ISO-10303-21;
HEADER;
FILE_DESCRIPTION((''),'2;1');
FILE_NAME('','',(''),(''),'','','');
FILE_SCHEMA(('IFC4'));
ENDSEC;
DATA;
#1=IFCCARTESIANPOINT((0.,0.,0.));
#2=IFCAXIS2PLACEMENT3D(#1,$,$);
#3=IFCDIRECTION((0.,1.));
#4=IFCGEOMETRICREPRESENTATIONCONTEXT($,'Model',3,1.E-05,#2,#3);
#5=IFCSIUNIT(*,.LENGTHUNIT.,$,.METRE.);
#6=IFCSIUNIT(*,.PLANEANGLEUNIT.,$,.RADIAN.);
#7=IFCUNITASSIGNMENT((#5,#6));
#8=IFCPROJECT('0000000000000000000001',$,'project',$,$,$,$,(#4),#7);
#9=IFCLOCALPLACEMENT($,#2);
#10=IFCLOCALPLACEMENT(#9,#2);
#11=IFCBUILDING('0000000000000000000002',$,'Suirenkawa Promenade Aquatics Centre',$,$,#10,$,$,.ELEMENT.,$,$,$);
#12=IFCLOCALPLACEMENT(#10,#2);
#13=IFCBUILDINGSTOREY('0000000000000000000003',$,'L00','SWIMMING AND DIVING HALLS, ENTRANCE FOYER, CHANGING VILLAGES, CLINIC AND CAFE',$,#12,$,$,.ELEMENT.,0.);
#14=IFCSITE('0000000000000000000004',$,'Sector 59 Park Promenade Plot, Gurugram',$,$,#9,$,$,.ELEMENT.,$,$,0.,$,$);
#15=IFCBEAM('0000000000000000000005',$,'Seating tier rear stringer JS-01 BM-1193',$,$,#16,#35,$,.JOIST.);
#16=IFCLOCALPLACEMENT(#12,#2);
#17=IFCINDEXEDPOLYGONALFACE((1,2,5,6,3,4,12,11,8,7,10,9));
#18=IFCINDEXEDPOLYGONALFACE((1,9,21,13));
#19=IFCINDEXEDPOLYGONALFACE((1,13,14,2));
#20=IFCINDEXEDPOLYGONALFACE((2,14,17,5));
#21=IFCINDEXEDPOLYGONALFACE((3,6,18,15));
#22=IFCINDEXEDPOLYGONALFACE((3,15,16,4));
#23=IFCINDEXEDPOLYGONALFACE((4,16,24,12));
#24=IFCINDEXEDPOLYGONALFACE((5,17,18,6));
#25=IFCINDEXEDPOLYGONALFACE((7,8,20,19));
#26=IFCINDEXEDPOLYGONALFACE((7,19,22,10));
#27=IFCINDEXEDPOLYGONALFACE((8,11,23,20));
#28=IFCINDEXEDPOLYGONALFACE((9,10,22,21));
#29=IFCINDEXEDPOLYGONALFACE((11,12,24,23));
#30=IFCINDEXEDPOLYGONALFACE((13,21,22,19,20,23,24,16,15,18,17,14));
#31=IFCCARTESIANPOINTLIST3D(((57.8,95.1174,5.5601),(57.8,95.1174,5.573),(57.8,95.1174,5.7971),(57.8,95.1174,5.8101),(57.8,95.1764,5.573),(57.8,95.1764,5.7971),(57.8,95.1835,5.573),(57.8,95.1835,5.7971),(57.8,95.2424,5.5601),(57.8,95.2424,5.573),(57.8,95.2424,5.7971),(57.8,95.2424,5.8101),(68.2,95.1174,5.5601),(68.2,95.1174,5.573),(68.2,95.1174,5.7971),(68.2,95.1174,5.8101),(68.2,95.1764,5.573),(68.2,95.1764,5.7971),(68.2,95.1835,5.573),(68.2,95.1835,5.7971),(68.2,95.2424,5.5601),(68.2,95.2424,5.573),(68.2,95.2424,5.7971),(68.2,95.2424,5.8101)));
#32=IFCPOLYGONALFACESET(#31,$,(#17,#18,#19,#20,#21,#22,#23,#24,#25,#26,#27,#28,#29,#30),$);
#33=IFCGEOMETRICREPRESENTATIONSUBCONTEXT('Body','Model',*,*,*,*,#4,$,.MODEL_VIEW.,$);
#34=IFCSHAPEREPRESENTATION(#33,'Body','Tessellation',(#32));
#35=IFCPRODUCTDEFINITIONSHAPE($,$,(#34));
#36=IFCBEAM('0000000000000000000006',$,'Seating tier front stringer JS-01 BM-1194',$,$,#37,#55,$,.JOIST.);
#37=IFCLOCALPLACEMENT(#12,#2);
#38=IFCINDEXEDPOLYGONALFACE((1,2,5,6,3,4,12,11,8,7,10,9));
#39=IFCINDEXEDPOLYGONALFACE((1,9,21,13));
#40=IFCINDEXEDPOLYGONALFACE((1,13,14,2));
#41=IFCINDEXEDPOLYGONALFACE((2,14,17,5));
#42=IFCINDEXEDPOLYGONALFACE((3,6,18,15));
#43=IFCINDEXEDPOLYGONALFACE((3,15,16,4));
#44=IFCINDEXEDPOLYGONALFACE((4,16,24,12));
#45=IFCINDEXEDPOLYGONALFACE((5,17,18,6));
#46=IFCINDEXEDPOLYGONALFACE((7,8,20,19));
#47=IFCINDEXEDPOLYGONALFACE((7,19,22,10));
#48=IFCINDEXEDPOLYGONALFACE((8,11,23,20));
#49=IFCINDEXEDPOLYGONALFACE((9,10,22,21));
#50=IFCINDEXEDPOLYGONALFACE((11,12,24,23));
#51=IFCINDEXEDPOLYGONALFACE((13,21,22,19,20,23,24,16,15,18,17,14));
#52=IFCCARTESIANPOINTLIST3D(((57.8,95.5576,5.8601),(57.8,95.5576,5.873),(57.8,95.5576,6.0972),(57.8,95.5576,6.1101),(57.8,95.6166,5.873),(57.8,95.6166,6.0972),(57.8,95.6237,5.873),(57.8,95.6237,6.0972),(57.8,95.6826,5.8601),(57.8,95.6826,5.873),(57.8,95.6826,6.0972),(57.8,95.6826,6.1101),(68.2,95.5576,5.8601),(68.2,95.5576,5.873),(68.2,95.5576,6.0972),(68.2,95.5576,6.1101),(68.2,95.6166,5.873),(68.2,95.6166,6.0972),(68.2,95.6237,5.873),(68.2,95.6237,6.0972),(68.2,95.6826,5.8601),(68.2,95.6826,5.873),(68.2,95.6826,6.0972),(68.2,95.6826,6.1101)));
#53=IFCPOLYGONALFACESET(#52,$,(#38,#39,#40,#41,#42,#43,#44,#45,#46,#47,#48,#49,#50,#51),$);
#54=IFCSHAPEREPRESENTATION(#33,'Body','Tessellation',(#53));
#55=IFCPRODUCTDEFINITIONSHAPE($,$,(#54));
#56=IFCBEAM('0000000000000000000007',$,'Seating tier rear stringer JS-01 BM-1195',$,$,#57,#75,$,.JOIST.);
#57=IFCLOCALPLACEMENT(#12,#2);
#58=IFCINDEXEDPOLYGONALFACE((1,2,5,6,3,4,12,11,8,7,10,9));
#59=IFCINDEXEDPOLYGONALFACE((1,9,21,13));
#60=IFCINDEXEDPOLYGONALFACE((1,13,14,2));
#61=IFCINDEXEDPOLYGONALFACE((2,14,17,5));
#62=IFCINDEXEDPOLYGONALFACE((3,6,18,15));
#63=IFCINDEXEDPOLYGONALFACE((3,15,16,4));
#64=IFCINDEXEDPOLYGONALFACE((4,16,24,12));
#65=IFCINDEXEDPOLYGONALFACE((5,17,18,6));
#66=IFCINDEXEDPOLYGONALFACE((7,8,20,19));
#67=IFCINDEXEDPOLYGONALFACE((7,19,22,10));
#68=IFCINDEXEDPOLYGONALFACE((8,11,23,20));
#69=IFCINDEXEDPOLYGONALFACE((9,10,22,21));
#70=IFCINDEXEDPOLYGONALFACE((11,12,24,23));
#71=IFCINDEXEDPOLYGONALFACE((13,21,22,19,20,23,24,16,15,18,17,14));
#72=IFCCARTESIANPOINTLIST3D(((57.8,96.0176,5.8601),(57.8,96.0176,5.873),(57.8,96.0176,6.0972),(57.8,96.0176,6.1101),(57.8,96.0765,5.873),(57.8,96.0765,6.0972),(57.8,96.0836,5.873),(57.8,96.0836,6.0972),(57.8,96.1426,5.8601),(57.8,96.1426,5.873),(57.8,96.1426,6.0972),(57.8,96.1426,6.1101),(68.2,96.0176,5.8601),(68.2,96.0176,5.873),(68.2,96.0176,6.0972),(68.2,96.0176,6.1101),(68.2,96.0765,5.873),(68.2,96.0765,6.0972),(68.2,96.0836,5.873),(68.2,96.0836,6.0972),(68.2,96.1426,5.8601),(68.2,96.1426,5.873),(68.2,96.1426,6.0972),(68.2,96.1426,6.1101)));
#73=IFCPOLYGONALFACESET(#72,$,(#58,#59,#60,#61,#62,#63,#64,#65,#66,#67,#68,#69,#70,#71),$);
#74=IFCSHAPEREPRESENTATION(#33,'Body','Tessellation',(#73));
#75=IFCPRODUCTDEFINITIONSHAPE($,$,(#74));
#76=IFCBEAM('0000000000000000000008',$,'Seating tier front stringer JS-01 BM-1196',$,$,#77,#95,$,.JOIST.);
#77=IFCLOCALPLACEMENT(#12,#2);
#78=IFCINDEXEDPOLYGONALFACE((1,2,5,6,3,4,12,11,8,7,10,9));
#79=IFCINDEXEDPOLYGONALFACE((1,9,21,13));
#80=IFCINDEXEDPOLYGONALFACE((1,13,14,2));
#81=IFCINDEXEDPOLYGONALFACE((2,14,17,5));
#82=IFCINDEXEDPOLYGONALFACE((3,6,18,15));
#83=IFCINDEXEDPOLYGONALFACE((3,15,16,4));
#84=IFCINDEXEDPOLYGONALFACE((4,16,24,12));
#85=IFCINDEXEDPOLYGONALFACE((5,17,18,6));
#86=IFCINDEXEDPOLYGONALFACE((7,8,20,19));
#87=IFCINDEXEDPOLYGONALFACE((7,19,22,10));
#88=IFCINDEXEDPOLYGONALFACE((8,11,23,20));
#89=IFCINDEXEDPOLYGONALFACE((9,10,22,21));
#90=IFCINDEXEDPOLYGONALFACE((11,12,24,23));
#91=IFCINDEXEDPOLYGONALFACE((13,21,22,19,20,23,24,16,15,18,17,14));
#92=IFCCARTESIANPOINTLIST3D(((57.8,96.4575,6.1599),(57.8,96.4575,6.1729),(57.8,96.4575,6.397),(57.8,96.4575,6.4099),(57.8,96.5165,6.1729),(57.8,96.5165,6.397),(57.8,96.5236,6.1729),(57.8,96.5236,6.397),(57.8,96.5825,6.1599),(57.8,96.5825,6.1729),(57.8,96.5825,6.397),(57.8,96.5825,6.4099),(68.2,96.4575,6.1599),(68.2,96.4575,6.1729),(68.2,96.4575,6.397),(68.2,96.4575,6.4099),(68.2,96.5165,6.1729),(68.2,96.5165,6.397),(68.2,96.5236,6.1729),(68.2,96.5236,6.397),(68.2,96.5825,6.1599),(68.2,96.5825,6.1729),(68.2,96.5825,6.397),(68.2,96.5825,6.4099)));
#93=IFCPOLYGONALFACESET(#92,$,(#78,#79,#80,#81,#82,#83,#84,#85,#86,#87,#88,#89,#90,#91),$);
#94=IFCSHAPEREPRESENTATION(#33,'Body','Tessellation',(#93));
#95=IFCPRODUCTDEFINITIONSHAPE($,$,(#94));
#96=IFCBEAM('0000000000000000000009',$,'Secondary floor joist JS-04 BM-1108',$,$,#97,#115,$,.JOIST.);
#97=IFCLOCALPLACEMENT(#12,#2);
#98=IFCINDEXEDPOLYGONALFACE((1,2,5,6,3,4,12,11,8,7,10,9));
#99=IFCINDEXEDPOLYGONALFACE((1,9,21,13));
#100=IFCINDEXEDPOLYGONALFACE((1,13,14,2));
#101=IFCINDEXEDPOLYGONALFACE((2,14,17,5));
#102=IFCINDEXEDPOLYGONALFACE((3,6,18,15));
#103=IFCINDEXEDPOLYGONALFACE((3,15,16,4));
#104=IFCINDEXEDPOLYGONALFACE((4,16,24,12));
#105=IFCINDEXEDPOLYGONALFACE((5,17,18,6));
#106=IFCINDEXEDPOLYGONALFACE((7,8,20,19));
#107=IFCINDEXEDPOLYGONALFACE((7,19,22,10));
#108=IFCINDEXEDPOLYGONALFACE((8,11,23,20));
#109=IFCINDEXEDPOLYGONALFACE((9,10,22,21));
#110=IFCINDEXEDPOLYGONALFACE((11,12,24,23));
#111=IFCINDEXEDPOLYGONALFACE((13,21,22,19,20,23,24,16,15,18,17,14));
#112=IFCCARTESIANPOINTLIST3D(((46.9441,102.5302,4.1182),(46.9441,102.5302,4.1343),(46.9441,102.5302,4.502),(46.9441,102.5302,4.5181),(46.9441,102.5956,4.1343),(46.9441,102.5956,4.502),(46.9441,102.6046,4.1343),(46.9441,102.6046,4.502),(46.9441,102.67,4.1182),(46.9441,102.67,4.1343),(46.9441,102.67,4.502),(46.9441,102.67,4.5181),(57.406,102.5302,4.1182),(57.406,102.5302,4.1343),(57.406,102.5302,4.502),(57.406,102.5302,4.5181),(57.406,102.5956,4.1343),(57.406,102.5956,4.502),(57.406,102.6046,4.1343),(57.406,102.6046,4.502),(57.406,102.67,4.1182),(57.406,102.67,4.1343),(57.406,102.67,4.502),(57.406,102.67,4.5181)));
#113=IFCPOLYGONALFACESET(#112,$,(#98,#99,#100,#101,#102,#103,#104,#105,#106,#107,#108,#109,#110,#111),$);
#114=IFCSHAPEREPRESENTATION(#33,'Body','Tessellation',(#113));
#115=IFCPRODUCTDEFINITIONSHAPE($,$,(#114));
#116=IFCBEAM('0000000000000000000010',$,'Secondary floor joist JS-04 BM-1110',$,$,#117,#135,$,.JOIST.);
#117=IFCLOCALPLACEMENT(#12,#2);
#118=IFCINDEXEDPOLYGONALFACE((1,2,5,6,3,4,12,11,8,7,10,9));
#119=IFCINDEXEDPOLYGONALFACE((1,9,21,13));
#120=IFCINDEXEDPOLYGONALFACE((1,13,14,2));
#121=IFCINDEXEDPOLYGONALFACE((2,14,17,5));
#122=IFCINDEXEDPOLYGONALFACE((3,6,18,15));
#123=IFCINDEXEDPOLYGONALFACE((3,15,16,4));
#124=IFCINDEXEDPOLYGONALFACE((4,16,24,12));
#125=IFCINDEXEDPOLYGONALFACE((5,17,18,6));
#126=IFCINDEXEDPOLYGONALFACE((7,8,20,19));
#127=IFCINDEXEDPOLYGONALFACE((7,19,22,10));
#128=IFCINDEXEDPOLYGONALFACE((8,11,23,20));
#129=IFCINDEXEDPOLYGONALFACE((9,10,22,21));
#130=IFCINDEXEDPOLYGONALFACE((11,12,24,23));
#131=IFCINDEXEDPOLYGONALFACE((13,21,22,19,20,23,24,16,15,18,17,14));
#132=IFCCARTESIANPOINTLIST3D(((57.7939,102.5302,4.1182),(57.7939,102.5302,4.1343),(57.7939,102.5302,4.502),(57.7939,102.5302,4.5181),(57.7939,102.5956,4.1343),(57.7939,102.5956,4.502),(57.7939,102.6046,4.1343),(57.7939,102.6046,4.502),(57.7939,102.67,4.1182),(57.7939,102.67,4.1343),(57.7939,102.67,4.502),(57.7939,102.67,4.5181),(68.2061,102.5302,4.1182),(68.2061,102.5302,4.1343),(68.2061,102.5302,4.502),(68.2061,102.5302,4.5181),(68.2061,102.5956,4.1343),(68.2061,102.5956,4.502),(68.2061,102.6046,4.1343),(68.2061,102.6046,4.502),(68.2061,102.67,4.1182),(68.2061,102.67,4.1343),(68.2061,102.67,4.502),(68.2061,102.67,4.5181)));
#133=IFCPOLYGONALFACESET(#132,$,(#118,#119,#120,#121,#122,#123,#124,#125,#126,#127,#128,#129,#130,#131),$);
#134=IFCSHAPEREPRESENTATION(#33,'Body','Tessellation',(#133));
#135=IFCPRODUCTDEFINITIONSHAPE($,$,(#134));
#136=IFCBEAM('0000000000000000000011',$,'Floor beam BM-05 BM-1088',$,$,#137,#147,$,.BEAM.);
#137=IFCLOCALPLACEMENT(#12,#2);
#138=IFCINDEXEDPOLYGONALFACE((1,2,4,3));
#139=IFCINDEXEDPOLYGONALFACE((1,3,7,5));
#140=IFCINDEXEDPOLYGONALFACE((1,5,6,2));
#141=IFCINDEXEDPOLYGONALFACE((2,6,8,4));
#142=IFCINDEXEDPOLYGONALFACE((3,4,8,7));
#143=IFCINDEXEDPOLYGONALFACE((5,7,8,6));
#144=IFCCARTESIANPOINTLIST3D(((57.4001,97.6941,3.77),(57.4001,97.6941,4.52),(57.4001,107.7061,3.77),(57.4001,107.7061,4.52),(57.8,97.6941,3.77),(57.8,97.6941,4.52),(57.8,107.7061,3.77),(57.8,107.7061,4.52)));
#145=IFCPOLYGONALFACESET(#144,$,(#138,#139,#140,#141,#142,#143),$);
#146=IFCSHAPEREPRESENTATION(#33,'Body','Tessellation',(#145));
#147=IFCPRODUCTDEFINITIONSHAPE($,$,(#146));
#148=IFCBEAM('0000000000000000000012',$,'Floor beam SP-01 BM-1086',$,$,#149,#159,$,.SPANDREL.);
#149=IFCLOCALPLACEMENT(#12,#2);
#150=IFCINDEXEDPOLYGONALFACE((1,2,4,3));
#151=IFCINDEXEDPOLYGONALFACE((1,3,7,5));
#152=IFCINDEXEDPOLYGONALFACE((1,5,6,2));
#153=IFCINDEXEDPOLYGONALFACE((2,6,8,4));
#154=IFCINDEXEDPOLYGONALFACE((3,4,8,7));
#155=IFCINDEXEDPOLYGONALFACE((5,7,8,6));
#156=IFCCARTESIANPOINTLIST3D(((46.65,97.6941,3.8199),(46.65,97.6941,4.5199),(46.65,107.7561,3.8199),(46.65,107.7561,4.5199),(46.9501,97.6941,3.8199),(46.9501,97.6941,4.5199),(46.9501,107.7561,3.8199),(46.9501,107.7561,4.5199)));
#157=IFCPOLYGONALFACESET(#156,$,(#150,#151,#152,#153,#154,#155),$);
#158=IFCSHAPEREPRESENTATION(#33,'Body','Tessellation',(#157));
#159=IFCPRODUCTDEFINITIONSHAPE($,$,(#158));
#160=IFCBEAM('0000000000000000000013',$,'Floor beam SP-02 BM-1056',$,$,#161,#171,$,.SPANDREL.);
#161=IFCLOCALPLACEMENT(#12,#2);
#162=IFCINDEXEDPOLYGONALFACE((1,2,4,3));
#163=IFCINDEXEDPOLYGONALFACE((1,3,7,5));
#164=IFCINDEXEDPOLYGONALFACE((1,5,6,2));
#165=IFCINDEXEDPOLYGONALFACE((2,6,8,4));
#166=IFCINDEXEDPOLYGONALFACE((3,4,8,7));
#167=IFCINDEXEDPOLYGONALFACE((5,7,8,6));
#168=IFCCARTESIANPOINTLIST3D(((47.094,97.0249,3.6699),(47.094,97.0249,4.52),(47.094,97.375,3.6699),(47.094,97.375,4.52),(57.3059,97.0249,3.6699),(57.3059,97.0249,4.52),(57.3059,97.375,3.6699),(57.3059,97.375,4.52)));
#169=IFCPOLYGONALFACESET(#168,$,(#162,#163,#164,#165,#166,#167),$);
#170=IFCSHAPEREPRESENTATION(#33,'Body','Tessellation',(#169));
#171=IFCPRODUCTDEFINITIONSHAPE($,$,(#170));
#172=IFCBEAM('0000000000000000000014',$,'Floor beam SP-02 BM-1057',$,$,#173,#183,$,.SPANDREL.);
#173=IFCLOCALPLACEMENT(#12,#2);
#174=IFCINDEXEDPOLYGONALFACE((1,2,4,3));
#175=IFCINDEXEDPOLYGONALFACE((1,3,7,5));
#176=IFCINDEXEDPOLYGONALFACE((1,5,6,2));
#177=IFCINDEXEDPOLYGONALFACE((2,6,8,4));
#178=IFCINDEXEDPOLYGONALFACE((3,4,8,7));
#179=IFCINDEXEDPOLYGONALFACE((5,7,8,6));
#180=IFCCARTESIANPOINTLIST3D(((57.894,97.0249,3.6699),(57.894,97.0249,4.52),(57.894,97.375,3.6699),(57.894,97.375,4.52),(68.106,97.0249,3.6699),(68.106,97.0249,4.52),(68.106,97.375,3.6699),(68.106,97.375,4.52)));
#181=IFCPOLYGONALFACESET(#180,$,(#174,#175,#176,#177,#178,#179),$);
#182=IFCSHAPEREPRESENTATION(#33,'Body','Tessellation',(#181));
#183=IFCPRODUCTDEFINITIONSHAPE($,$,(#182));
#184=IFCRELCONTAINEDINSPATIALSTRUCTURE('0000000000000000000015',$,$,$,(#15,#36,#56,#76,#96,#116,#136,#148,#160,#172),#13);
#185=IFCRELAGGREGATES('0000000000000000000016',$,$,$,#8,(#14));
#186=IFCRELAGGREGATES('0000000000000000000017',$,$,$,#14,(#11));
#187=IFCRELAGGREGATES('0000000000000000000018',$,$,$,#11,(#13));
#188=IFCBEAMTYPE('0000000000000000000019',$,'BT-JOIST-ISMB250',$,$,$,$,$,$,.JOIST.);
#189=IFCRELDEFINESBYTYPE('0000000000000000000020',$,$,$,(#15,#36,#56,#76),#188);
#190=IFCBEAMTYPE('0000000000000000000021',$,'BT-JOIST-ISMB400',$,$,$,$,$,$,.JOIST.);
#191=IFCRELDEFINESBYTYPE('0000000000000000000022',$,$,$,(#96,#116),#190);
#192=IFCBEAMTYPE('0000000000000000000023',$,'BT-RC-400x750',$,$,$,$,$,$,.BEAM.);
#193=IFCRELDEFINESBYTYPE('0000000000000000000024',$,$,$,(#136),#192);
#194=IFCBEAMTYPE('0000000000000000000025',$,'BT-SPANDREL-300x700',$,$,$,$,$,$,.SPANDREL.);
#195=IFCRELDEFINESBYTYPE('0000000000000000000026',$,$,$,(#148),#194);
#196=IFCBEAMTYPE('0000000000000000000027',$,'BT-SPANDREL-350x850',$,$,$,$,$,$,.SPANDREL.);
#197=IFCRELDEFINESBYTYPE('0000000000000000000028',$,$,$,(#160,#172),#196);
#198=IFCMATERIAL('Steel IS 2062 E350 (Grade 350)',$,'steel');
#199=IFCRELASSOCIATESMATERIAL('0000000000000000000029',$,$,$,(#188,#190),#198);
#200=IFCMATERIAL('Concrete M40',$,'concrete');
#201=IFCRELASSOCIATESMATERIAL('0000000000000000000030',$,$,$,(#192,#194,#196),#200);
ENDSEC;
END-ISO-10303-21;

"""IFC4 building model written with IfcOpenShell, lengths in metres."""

from ifc_helpers import new_model, si_unit, direction, frame, origin, origin_2d, place, context, subcontext, project, spatial, rectangle, i_section, extrude, material, material_profile, profile_set, type_object, element, save


model = new_model("IFC4")

# Units and contexts
model_context = context("Model", 3, precision=1e-05, world=origin(), true_north=direction((0.0, 1.0)))
body_context = subcontext(model_context, "Body", "Model", "MODEL_VIEW")
ifc_project = project(units=[si_unit("LENGTHUNIT", "METRE"), si_unit("PLANEANGLEUNIT", "RADIAN")], contexts=[model_context])

# Site, building, storey
site_placement = place(None, origin())
site = spatial("IfcSite", under=ifc_project, at=site_placement, Name="Sector 59 Park Promenade Plot, Gurugram", CompositionType="ELEMENT", RefElevation=0.0)
building_placement = place(site_placement, origin())
building = spatial("IfcBuilding", under=site, at=building_placement, Name="Suirenkawa Promenade Aquatics Centre", CompositionType="ELEMENT")
storey_placement = place(building_placement, origin())
storey = spatial("IfcBuildingStorey", under=building, at=storey_placement, Name="L00", Description="SWIMMING AND DIVING HALLS, ENTRANCE FOYER, CHANGING VILLAGES, CLINIC AND CAFE", CompositionType="ELEMENT", Elevation=0.0)

# Shared definitions
ifc_material_1 = material(Name="Concrete M40", Category="concrete")

# Beams
ifc_material_2 = material(Name="Steel IS 2062 E350 (Grade 350)", Category="steel")
ifc_material_profile_1 = material_profile(ifc_material_2, i_section(OverallWidth=0.125, OverallDepth=0.25, WebThickness=0.0071, FlangeThickness=0.0129, at=origin_2d()), Name="ISMB 250", Category="steel")
ifc_profile_set_1 = profile_set([ifc_material_profile_1], Name="Steel IS 2062 E350 (Grade 350)")
beam_type_1 = type_object("IfcBeamType", Name="BT-JOIST-ISMB250", PredefinedType="JOIST", material=ifc_profile_set_1)
for number, where, z_axis, x_axis, name in (
    (1, (57.8, 95.1799, 5.6851), (1.0, 0.0, 0.0), (0.0, 1.0, 0.0), "Seating tier rear stringer JS-01 BM-1193"),
    (2, (57.8, 95.6201, 5.9851), (1.0, 0.0, 0.0), (0.0, 1.0, 0.0), "Seating tier front stringer JS-01 BM-1194"),
    (3, (57.8, 96.0801, 5.9851), (1.0, 0.0, 0.0), (0.0, 1.0, 0.0), "Seating tier rear stringer JS-01 BM-1195"),
    (4, (57.8, 96.52, 6.2849), (1.0, 0.0, 0.0), (0.0, 1.0, 0.0), "Seating tier front stringer JS-01 BM-1196"),
):
    element("IfcBeam", number, at=place(storey_placement, frame(where, z_axis=z_axis, x_axis=x_axis)), inside=storey, type_object=beam_type_1, Name=name, PredefinedType="JOIST", context=body_context, shape_type="SweptSolid", body=[
        extrude(i_section(OverallWidth=0.125, OverallDepth=0.25, WebThickness=0.0071, FlangeThickness=0.0129, at=origin_2d()), origin(), (0.0, 0.0, 1.0), 10.3999),
    ])
ifc_material_profile_2 = material_profile(ifc_material_2, i_section(OverallWidth=0.1399, OverallDepth=0.3999, WebThickness=0.009, FlangeThickness=0.0161, at=origin_2d()), Name="ISMB 400", Category="steel")
ifc_profile_set_2 = profile_set([ifc_material_profile_2], Name="Steel IS 2062 E350 (Grade 350)")
beam_type_2 = type_object("IfcBeamType", Name="BT-JOIST-ISMB400", PredefinedType="JOIST", material=ifc_profile_set_2)
beam_1_placement = place(storey_placement, frame((46.9441, 102.6001, 4.3181), z_axis=(1.0, 0.0, 0.0), x_axis=(0.0, 1.0, 0.0)))
element("IfcBeam", 5, at=beam_1_placement, inside=storey, type_object=beam_type_2, Name="Secondary floor joist JS-04 BM-1108", PredefinedType="JOIST", context=body_context, shape_type="SweptSolid", body=[
    extrude(i_section(OverallWidth=0.1399, OverallDepth=0.3999, WebThickness=0.009, FlangeThickness=0.0161, at=origin_2d()), origin(), (0.0, 0.0, 1.0), 10.4619),
])
beam_2_placement = place(storey_placement, frame((57.7939, 102.6001, 4.3181), z_axis=(1.0, 0.0, 0.0), x_axis=(0.0, 1.0, 0.0)))
element("IfcBeam", 6, at=beam_2_placement, inside=storey, type_object=beam_type_2, Name="Secondary floor joist JS-04 BM-1110", PredefinedType="JOIST", context=body_context, shape_type="SweptSolid", body=[
    extrude(i_section(OverallWidth=0.1399, OverallDepth=0.3999, WebThickness=0.009, FlangeThickness=0.0161, at=origin_2d()), origin(), (0.0, 0.0, 1.0), 10.4121),
])
ifc_material_profile_3 = material_profile(ifc_material_1, rectangle(XDim=0.3999, YDim=0.75, at=origin_2d()), Name="RC BM 400x750", Category="concrete")
ifc_profile_set_3 = profile_set([ifc_material_profile_3], Name="Concrete M40")
beam_type_3 = type_object("IfcBeamType", Name="BT-RC-400x750", PredefinedType="BEAM", material=ifc_profile_set_3)
beam_3_placement = place(storey_placement, frame((57.6001, 97.6941, 4.145), z_axis=(0.0, 1.0, 0.0), x_axis=(-1.0, 0.0, 0.0)))
element("IfcBeam", 7, at=beam_3_placement, inside=storey, type_object=beam_type_3, Name="Floor beam BM-05 BM-1088", PredefinedType="BEAM", context=body_context, shape_type="SweptSolid", body=[
    extrude(rectangle(XDim=0.3999, YDim=0.75, at=origin_2d()), origin(), (0.0, 0.0, 1.0), 10.012),
])
ifc_material_profile_4 = material_profile(ifc_material_1, rectangle(XDim=0.3, YDim=0.7, at=origin_2d()), Name="RC SPANDREL 300x700", Category="concrete")
ifc_profile_set_4 = profile_set([ifc_material_profile_4], Name="Concrete M40")
beam_type_4 = type_object("IfcBeamType", Name="BT-SPANDREL-300x700", PredefinedType="SPANDREL", material=ifc_profile_set_4)
beam_4_placement = place(storey_placement, frame((46.8, 97.6941, 4.1699), z_axis=(0.0, 1.0, 0.0), x_axis=(-1.0, 0.0, 0.0)))
element("IfcBeam", 8, at=beam_4_placement, inside=storey, type_object=beam_type_4, Name="Floor beam SP-01 BM-1086", PredefinedType="SPANDREL", context=body_context, shape_type="SweptSolid", body=[
    extrude(rectangle(XDim=0.3, YDim=0.7, at=origin_2d()), origin(), (0.0, 0.0, 1.0), 10.062),
])
ifc_material_profile_5 = material_profile(ifc_material_1, rectangle(XDim=0.3501, YDim=0.8501, at=origin_2d()), Name="RC SPANDREL 350x850", Category="concrete")
ifc_profile_set_5 = profile_set([ifc_material_profile_5], Name="Concrete M40")
beam_type_5 = type_object("IfcBeamType", Name="BT-SPANDREL-350x850", PredefinedType="SPANDREL", material=ifc_profile_set_5)
for number, where, z_axis, x_axis, name in (
    (9, (47.094, 97.2, 4.095), (1.0, 0.0, 0.0), (0.0, 1.0, 0.0), "Floor beam SP-02 BM-1056"),
    (10, (57.894, 97.2, 4.095), (1.0, 0.0, 0.0), (0.0, 1.0, 0.0), "Floor beam SP-02 BM-1057"),
):
    element("IfcBeam", number, at=place(storey_placement, frame(where, z_axis=z_axis, x_axis=x_axis)), inside=storey, type_object=beam_type_5, Name=name, PredefinedType="SPANDREL", context=body_context, shape_type="SweptSolid", body=[
        extrude(rectangle(XDim=0.3501, YDim=0.8501, at=origin_2d()), origin(), (0.0, 0.0, 1.0), 10.2119),
    ])

save(model, "model.ifc")
